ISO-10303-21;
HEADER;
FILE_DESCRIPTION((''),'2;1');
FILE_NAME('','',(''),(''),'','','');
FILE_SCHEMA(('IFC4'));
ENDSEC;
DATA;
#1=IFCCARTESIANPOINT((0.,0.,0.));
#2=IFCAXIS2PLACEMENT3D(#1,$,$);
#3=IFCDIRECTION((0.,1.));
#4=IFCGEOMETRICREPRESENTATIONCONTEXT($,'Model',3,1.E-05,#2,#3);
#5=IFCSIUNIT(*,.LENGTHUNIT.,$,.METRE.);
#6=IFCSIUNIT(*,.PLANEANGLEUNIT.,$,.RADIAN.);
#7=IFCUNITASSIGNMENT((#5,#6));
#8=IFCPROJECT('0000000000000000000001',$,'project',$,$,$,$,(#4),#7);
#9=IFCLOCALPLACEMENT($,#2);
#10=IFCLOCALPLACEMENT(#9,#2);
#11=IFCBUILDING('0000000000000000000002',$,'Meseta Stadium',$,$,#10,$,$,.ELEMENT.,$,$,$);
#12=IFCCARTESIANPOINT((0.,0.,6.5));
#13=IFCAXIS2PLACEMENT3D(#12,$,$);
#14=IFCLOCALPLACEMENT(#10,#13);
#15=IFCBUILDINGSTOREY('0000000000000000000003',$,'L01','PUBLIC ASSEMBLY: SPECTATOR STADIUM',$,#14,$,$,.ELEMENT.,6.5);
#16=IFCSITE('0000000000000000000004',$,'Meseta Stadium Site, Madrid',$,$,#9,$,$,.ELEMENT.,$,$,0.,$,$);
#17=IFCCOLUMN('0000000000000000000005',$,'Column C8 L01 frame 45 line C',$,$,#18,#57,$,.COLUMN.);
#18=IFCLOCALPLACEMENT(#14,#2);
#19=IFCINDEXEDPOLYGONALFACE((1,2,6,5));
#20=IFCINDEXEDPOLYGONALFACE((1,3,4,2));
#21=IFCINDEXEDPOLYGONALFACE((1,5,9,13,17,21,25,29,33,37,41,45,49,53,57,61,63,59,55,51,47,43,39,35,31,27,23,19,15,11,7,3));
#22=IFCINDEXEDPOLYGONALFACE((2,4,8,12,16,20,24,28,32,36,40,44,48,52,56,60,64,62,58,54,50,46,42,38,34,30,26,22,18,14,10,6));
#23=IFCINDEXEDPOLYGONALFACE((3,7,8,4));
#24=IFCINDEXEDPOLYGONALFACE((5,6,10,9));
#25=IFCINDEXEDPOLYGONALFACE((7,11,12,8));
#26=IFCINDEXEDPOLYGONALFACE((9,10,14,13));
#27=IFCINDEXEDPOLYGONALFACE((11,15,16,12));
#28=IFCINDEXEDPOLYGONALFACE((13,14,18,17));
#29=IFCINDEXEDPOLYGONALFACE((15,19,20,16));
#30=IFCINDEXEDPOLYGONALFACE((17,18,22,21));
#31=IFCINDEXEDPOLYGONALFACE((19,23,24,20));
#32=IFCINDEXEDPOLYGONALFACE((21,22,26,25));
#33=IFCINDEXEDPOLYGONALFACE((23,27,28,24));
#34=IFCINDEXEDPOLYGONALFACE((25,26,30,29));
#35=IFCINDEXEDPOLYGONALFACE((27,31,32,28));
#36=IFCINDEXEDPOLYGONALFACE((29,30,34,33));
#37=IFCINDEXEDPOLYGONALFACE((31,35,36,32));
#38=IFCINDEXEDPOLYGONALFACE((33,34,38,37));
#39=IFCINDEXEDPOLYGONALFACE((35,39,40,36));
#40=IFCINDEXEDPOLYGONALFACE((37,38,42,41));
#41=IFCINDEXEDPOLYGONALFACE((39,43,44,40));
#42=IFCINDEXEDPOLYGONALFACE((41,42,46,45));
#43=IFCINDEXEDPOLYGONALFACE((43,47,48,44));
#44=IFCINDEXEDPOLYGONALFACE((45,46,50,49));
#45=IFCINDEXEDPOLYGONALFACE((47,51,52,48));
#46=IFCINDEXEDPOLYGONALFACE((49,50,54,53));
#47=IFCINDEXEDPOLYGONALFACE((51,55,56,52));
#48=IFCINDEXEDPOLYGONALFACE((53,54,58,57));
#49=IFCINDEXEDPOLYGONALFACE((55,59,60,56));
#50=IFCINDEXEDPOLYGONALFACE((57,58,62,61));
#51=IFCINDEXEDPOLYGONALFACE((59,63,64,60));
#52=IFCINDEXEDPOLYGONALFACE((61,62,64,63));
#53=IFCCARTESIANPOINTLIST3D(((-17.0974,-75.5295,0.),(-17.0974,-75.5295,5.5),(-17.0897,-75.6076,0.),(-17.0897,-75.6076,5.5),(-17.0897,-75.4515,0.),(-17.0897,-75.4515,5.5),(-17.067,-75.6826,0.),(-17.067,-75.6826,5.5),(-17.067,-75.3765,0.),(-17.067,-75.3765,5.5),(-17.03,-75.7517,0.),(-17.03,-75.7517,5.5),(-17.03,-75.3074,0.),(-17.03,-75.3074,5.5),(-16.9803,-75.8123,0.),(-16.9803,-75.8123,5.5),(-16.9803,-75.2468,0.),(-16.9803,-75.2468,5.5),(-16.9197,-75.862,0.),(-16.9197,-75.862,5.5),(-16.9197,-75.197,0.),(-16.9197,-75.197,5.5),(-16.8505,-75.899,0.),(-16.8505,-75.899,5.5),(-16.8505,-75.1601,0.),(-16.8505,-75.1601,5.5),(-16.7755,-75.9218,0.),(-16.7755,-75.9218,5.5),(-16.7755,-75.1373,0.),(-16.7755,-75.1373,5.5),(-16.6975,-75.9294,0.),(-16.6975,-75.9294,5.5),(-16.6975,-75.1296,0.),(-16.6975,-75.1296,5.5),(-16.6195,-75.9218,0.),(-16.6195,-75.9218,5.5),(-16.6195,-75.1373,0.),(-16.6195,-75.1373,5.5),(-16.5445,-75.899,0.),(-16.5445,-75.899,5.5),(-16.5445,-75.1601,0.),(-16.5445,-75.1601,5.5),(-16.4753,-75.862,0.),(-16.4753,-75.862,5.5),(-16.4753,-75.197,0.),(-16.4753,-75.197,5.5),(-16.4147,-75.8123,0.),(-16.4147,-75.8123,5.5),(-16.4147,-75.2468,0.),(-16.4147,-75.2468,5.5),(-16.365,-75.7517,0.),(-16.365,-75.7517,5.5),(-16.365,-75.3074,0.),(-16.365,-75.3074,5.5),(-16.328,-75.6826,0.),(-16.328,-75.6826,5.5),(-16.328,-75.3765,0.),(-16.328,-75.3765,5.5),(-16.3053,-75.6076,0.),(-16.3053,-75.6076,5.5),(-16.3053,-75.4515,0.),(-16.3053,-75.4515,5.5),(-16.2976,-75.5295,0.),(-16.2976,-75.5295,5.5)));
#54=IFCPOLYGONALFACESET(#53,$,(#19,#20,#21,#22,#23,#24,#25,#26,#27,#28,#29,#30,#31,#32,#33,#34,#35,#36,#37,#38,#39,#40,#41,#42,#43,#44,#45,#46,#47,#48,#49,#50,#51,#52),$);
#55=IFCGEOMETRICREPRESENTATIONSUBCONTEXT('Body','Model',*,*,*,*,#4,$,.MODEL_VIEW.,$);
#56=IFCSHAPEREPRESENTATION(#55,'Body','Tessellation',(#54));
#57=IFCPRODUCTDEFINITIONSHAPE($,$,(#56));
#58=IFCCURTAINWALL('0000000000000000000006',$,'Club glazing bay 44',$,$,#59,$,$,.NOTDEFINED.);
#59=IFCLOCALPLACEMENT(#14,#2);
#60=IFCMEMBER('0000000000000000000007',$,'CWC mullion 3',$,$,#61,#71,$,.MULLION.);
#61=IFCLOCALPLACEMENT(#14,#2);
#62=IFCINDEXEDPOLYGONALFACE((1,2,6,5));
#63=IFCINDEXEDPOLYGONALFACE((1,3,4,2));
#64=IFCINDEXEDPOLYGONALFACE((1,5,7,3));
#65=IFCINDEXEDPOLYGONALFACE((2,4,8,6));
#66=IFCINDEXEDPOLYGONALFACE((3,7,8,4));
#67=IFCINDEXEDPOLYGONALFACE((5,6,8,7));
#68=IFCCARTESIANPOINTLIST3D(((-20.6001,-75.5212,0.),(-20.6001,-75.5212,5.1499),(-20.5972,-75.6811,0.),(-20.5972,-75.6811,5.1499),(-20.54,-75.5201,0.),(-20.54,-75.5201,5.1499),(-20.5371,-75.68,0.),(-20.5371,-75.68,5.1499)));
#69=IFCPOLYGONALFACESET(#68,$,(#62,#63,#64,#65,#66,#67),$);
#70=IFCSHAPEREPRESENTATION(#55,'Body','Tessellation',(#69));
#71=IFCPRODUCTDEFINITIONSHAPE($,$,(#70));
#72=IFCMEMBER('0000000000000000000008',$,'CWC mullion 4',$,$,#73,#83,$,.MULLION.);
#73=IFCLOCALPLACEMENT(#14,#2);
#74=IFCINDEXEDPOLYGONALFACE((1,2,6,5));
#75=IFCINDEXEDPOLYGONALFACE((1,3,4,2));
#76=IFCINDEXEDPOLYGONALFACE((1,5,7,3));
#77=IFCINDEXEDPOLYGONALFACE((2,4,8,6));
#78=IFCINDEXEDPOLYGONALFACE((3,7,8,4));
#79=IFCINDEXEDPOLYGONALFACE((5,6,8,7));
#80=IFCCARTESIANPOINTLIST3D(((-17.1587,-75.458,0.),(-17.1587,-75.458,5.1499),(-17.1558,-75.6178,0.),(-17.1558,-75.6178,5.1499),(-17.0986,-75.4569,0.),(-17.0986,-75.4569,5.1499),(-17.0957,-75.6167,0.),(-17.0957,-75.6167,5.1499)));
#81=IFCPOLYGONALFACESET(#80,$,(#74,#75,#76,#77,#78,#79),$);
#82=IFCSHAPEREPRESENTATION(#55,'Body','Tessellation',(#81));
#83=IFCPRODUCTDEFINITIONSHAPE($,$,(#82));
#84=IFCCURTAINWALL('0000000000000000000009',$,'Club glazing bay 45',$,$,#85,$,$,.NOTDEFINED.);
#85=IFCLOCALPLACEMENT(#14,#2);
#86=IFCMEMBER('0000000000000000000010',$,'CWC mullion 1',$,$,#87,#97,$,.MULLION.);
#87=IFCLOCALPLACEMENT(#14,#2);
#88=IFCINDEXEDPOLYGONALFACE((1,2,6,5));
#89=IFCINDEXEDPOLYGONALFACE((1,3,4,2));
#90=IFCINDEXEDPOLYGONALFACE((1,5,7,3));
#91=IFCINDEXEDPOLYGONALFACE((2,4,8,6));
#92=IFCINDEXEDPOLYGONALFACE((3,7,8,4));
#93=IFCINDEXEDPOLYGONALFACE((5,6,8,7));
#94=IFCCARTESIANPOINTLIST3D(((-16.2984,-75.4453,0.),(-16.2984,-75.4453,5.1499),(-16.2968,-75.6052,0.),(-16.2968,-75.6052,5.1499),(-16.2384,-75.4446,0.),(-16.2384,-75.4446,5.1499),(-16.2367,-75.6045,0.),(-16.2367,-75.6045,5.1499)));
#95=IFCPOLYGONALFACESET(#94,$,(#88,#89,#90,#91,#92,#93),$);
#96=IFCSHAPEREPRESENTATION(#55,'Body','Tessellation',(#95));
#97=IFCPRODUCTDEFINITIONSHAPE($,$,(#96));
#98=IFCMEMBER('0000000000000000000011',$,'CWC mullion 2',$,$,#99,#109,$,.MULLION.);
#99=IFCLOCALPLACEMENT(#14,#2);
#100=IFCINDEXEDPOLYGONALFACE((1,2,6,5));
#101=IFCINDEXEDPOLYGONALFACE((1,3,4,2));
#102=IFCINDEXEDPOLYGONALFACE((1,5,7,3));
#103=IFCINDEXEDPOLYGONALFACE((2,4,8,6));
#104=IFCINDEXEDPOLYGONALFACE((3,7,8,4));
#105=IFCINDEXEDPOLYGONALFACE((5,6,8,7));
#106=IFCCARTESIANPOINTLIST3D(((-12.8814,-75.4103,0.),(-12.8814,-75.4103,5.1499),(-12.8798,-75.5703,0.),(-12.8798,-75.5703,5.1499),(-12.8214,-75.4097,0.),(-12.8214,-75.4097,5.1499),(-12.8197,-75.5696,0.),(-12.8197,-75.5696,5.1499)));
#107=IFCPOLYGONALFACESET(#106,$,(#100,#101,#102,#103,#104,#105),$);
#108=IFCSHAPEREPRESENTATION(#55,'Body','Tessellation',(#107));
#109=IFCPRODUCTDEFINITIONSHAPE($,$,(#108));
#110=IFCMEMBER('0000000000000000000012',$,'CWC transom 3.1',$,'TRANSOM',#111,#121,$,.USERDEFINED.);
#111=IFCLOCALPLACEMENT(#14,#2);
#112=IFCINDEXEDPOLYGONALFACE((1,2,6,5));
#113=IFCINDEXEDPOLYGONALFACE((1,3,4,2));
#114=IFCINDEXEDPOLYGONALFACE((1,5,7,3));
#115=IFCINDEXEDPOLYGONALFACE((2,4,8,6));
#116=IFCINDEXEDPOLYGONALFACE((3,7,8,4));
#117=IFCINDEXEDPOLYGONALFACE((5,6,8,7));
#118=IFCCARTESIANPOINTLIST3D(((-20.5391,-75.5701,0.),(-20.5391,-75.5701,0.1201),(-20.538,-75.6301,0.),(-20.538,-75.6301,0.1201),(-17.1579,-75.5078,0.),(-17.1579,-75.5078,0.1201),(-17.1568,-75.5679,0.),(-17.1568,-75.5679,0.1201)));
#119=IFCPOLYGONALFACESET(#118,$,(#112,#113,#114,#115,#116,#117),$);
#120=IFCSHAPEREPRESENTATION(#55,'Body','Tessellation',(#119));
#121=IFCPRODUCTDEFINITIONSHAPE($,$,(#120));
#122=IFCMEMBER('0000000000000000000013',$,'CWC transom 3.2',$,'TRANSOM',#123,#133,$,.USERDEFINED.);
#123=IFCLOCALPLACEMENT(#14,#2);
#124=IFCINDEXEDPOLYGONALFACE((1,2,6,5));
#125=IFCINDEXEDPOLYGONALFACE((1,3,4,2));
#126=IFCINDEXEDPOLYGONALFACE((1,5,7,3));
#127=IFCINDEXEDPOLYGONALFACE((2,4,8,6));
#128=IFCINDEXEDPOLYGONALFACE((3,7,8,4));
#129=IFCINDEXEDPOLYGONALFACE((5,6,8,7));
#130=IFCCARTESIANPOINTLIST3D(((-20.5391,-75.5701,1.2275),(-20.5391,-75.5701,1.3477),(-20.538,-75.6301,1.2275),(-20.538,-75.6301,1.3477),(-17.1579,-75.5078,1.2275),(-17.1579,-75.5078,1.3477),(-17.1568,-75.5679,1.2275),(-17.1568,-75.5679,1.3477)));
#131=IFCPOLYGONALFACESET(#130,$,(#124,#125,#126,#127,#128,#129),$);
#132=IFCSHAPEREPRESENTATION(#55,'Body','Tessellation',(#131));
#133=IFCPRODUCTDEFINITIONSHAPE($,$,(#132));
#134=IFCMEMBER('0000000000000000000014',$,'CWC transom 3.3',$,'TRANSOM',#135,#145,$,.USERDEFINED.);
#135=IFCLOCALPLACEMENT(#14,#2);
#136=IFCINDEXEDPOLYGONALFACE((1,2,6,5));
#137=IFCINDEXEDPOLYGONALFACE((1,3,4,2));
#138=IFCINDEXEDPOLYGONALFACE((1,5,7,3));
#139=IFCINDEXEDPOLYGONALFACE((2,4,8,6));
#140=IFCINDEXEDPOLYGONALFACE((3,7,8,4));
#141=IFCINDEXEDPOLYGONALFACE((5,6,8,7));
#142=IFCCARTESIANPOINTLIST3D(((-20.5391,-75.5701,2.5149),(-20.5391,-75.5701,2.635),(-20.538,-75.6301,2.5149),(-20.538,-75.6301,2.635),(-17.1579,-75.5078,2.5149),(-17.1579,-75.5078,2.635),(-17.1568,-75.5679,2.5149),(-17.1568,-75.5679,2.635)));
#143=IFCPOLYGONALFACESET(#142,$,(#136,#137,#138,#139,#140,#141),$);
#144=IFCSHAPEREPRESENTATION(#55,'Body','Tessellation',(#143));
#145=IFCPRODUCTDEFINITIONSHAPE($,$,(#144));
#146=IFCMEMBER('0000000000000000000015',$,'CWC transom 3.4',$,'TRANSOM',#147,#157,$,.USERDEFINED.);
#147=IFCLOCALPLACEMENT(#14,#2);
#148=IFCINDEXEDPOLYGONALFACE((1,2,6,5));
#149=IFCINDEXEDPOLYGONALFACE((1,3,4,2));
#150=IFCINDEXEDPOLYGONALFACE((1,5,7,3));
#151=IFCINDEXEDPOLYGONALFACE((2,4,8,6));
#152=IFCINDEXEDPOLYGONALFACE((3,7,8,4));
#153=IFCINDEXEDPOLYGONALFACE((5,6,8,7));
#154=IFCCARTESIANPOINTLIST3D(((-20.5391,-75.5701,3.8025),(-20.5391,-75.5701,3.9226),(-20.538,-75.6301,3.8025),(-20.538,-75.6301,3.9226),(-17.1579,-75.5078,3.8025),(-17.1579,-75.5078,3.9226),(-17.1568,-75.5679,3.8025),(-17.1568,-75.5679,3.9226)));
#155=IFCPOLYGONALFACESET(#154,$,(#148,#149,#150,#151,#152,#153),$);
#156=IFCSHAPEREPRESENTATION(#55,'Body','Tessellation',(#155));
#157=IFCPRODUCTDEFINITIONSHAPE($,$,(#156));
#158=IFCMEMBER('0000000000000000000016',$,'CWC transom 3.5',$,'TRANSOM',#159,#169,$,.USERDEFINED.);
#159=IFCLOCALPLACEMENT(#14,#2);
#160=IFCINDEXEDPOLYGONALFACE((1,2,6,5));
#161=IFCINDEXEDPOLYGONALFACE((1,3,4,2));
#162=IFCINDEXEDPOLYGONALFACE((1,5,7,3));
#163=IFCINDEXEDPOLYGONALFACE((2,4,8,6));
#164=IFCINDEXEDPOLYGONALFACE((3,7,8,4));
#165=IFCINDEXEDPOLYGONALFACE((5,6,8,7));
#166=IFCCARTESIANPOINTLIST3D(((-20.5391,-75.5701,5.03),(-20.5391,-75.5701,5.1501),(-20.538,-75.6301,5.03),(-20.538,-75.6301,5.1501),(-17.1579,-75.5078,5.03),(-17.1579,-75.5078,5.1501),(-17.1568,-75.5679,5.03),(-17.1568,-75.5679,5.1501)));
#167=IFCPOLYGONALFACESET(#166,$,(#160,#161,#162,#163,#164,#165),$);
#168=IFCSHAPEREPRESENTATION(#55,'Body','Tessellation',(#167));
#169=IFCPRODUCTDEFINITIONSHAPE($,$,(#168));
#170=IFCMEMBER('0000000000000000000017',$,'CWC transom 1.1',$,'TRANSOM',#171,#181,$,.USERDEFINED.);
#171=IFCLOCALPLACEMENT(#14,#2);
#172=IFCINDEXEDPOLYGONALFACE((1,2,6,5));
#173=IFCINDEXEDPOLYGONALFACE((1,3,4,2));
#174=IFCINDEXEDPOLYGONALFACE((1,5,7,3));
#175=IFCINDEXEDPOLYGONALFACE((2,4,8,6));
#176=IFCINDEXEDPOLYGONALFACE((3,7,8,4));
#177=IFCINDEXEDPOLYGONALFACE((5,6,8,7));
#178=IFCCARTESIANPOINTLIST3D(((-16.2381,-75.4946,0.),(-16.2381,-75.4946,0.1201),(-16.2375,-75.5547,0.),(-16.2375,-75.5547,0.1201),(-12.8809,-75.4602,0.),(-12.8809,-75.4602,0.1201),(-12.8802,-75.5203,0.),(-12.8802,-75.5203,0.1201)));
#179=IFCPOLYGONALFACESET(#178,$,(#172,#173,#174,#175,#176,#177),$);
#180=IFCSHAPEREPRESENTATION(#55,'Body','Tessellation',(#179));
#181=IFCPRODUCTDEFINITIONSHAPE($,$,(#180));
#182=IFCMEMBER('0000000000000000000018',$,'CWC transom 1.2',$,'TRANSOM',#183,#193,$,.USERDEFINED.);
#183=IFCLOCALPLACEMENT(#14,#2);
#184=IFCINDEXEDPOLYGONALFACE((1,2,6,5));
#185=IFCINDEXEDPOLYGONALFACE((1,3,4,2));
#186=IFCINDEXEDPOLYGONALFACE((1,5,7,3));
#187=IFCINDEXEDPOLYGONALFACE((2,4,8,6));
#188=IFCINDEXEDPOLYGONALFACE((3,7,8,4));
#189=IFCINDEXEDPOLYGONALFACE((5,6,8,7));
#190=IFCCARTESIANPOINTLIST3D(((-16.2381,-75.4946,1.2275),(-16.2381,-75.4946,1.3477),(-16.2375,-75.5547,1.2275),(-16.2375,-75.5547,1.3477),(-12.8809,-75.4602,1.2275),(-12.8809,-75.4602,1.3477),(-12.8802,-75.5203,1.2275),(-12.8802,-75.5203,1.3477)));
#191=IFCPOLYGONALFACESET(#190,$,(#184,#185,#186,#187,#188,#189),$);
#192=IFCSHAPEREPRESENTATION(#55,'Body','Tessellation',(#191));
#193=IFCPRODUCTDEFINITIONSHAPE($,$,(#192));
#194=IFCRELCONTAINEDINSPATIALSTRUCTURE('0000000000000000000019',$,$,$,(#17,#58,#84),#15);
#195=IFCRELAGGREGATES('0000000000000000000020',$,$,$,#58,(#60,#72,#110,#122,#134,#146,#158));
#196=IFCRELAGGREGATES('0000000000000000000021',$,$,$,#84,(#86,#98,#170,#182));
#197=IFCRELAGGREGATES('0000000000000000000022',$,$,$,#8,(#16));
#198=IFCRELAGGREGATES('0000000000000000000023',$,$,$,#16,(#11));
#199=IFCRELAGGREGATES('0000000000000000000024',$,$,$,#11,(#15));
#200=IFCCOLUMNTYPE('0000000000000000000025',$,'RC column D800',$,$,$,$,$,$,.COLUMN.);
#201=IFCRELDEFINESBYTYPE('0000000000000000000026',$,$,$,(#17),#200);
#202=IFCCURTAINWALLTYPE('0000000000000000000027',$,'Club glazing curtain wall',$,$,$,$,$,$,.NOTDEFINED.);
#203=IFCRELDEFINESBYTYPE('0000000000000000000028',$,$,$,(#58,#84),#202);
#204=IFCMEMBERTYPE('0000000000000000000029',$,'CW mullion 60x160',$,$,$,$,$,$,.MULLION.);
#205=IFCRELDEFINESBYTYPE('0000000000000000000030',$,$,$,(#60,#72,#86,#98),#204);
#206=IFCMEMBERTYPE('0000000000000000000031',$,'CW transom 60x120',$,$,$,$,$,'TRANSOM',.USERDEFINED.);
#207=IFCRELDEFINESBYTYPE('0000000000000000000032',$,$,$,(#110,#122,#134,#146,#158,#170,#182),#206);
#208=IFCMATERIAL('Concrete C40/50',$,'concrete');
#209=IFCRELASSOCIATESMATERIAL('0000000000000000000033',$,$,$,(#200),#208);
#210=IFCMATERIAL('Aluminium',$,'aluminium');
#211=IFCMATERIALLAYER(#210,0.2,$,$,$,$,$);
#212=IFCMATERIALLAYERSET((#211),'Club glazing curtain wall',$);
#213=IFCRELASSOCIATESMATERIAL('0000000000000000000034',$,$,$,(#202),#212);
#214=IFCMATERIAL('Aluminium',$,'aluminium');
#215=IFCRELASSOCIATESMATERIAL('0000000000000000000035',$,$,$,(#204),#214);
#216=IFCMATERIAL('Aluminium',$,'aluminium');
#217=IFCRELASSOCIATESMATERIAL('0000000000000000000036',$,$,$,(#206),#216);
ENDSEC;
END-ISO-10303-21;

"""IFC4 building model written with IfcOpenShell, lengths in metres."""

from ifc_helpers import new_model, si_unit, direction, frame, origin, origin_2d, place, context, subcontext, project, spatial, rectangle, circle, extrude, material, layer, layer_set, material_profile, profile_set, type_object, element, aggregate, save


model = new_model("IFC4")

# Units and contexts
model_context = context("Model", 3, precision=1e-05, world=origin(), true_north=direction((0.0, 1.0)))
body_context = subcontext(model_context, "Body", "Model", "MODEL_VIEW")
ifc_project = project(units=[si_unit("LENGTHUNIT", "METRE"), si_unit("PLANEANGLEUNIT", "RADIAN")], contexts=[model_context])

# Site, building, storey
site_placement = place(None, origin())
site = spatial("IfcSite", under=ifc_project, at=site_placement, Name="Meseta Stadium Site, Madrid", CompositionType="ELEMENT", RefElevation=0.0)
building_placement = place(site_placement, origin())
building = spatial("IfcBuilding", under=site, at=building_placement, Name="Meseta Stadium", CompositionType="ELEMENT")
storey_placement = place(building_placement, frame((0.0, 0.0, 6.5)))
storey = spatial("IfcBuildingStorey", under=building, at=storey_placement, Name="L01", Description="PUBLIC ASSEMBLY: SPECTATOR STADIUM", CompositionType="ELEMENT", Elevation=6.5)

# Column
ifc_material_1 = material(Name="Concrete C40/50", Category="concrete")
ifc_material_profile_1 = material_profile(ifc_material_1, circle(Radius=0.3999, at=origin_2d()), Name="RC D800")
ifc_profile_set_1 = profile_set([ifc_material_profile_1], Name="Concrete C40/50")
column_type = type_object("IfcColumnType", Name="RC column D800", PredefinedType="COLUMN", material=ifc_profile_set_1)
column_placement = place(storey_placement, frame((-16.6975, -75.5295, 0.0), z_axis=(0.0, 0.0, 1.0), x_axis=(1.0, 0.0, 0.0)))
element("IfcColumn", 1, at=column_placement, inside=storey, type_object=column_type, Name="Column C8 L01 frame 45 line C", PredefinedType="COLUMN", context=body_context, shape_type="SweptSolid", body=[
    extrude(circle(Radius=0.3999, at=origin_2d()), origin(), (0.0, 0.0, 1.0), 5.5),
])

# Curtain walls, members
ifc_material_2 = material(Name="Aluminium", Category="aluminium")
ifc_layer_1 = layer(ifc_material_2, 0.2)
ifc_layer_set_1 = layer_set([ifc_layer_1], Name="Club glazing curtain wall")
curtain_wall_type = type_object("IfcCurtainWallType", Name="Club glazing curtain wall", PredefinedType="NOTDEFINED", material=ifc_layer_set_1)
curtain_wall_1_placement = place(storey_placement, origin())
curtain_wall_1 = element("IfcCurtainWall", 2, at=curtain_wall_1_placement, inside=storey, type_object=curtain_wall_type, Name="Club glazing bay 44", PredefinedType="NOTDEFINED")
ifc_material_3 = material(Name="Aluminium", Category="aluminium")
ifc_material_profile_2 = material_profile(ifc_material_3, rectangle(XDim=0.1599, YDim=0.0601, at=origin_2d()), Name="CW 160x60")
ifc_profile_set_2 = profile_set([ifc_material_profile_2], Name="Aluminium")
member_type_1 = type_object("IfcMemberType", Name="CW mullion 60x160", PredefinedType="MULLION", material=ifc_profile_set_2)
member_1_placement = place(storey_placement, frame((-20.5686, -75.6006, 0.0), z_axis=(0.0, 0.0, 1.0), x_axis=(-0.018384, 0.999831, 0.0)))
member_1 = element("IfcMember", 3, at=member_1_placement, type_object=member_type_1, Name="CWC mullion 3", PredefinedType="MULLION", context=body_context, shape_type="SweptSolid", body=[
    extrude(rectangle(XDim=0.1599, YDim=0.0601, at=origin_2d()), origin(), (0.0, 0.0, 1.0), 5.1499),
])
member_2_placement = place(storey_placement, frame((-17.1272, -75.5374, 0.0), z_axis=(0.0, 0.0, 1.0), x_axis=(-0.018384, 0.999831, 0.0)))
member_2 = element("IfcMember", 4, at=member_2_placement, type_object=member_type_1, Name="CWC mullion 4", PredefinedType="MULLION", context=body_context, shape_type="SweptSolid", body=[
    extrude(rectangle(XDim=0.1599, YDim=0.0601, at=origin_2d()), origin(), (0.0, 0.0, 1.0), 5.1499),
])
curtain_wall_2_placement = place(storey_placement, origin())
curtain_wall_2 = element("IfcCurtainWall", 5, at=curtain_wall_2_placement, inside=storey, type_object=curtain_wall_type, Name="Club glazing bay 45", PredefinedType="NOTDEFINED")
member_3_placement = place(storey_placement, frame((-16.2676, -75.5249, 0.0), z_axis=(0.0, 0.0, 1.0), x_axis=(-0.010279, 0.999947, 0.0)))
member_3 = element("IfcMember", 6, at=member_3_placement, type_object=member_type_1, Name="CWC mullion 1", PredefinedType="MULLION", context=body_context, shape_type="SweptSolid", body=[
    extrude(rectangle(XDim=0.1599, YDim=0.0601, at=origin_2d()), origin(), (0.0, 0.0, 1.0), 5.1499),
])
member_4_placement = place(storey_placement, frame((-12.8506, -75.49, 0.0), z_axis=(0.0, 0.0, 1.0), x_axis=(-0.010279, 0.999947, 0.0)))
member_4 = element("IfcMember", 7, at=member_4_placement, type_object=member_type_1, Name="CWC mullion 2", PredefinedType="MULLION", context=body_context, shape_type="SweptSolid", body=[
    extrude(rectangle(XDim=0.1599, YDim=0.0601, at=origin_2d()), origin(), (0.0, 0.0, 1.0), 5.1499),
])

# Members
ifc_material_4 = material(Name="Aluminium", Category="aluminium")
ifc_material_profile_3 = material_profile(ifc_material_4, rectangle(XDim=0.0601, YDim=0.1201, at=origin_2d()), Name="CW 60x120")
ifc_profile_set_3 = profile_set([ifc_material_profile_3], Name="Aluminium")
member_type_2 = type_object("IfcMemberType", Name="CW transom 60x120", ElementType="TRANSOM", PredefinedType="USERDEFINED", material=ifc_profile_set_3)
member_5_placement = place(storey_placement, frame((-20.5386, -75.6001, 0.0601), z_axis=(0.999831, 0.018408, 0.0), x_axis=(-0.018408, 0.999831, 0.0)))
member_5 = element("IfcMember", 8, at=member_5_placement, type_object=member_type_2, Name="CWC transom 3.1", ObjectType="TRANSOM", PredefinedType="USERDEFINED", context=body_context, shape_type="SweptSolid", body=[
    extrude(rectangle(XDim=0.0601, YDim=0.1201, at=origin_2d()), origin(), (0.0, 0.0, 1.0), 3.3818),
])
member_6_placement = place(storey_placement, frame((-20.5386, -75.6001, 1.2876), z_axis=(0.999831, 0.018408, 0.0), x_axis=(-0.018408, 0.999831, 0.0)))
member_6 = element("IfcMember", 9, at=member_6_placement, type_object=member_type_2, Name="CWC transom 3.2", ObjectType="TRANSOM", PredefinedType="USERDEFINED", context=body_context, shape_type="SweptSolid", body=[
    extrude(rectangle(XDim=0.0601, YDim=0.1201, at=origin_2d()), origin(), (0.0, 0.0, 1.0), 3.3818),
])
member_7_placement = place(storey_placement, frame((-20.5386, -75.6001, 2.575), z_axis=(0.999831, 0.018408, 0.0), x_axis=(-0.018408, 0.999831, 0.0)))
member_7 = element("IfcMember", 10, at=member_7_placement, type_object=member_type_2, Name="CWC transom 3.3", ObjectType="TRANSOM", PredefinedType="USERDEFINED", context=body_context, shape_type="SweptSolid", body=[
    extrude(rectangle(XDim=0.0601, YDim=0.1201, at=origin_2d()), origin(), (0.0, 0.0, 1.0), 3.3818),
])
member_8_placement = place(storey_placement, frame((-20.5386, -75.6001, 3.8625), z_axis=(0.999831, 0.018408, 0.0), x_axis=(-0.018408, 0.999831, 0.0)))
member_8 = element("IfcMember", 11, at=member_8_placement, type_object=member_type_2, Name="CWC transom 3.4", ObjectType="TRANSOM", PredefinedType="USERDEFINED", context=body_context, shape_type="SweptSolid", body=[
    extrude(rectangle(XDim=0.0601, YDim=0.1201, at=origin_2d()), origin(), (0.0, 0.0, 1.0), 3.3818),
])
member_9_placement = place(storey_placement, frame((-20.5386, -75.6001, 5.0901), z_axis=(0.999831, 0.018408, 0.0), x_axis=(-0.018408, 0.999831, 0.0)))
member_9 = element("IfcMember", 12, at=member_9_placement, type_object=member_type_2, Name="CWC transom 3.5", ObjectType="TRANSOM", PredefinedType="USERDEFINED", context=body_context, shape_type="SweptSolid", body=[
    extrude(rectangle(XDim=0.0601, YDim=0.1201, at=origin_2d()), origin(), (0.0, 0.0, 1.0), 3.3818),
])
member_10_placement = place(storey_placement, frame((-16.2378, -75.5247, 0.0601), z_axis=(0.999947, 0.010253, 0.0), x_axis=(-0.010253, 0.999947, 0.0)))
member_10 = element("IfcMember", 13, at=member_10_placement, type_object=member_type_2, Name="CWC transom 1.1", ObjectType="TRANSOM", PredefinedType="USERDEFINED", context=body_context, shape_type="SweptSolid", body=[
    extrude(rectangle(XDim=0.0601, YDim=0.1201, at=origin_2d()), origin(), (0.0, 0.0, 1.0), 3.3574),
])
member_11_placement = place(storey_placement, frame((-16.2378, -75.5247, 1.2876), z_axis=(0.999947, 0.010253, 0.0), x_axis=(-0.010253, 0.999947, 0.0)))
member_11 = element("IfcMember", 14, at=member_11_placement, type_object=member_type_2, Name="CWC transom 1.2", ObjectType="TRANSOM", PredefinedType="USERDEFINED", context=body_context, shape_type="SweptSolid", body=[
    extrude(rectangle(XDim=0.0601, YDim=0.1201, at=origin_2d()), origin(), (0.0, 0.0, 1.0), 3.3574),
])

aggregate(curtain_wall_1, [member_1, member_2, member_5, member_6, member_7, member_8, member_9])
aggregate(curtain_wall_2, [member_3, member_4, member_10, member_11])

save(model, "model.ifc")
